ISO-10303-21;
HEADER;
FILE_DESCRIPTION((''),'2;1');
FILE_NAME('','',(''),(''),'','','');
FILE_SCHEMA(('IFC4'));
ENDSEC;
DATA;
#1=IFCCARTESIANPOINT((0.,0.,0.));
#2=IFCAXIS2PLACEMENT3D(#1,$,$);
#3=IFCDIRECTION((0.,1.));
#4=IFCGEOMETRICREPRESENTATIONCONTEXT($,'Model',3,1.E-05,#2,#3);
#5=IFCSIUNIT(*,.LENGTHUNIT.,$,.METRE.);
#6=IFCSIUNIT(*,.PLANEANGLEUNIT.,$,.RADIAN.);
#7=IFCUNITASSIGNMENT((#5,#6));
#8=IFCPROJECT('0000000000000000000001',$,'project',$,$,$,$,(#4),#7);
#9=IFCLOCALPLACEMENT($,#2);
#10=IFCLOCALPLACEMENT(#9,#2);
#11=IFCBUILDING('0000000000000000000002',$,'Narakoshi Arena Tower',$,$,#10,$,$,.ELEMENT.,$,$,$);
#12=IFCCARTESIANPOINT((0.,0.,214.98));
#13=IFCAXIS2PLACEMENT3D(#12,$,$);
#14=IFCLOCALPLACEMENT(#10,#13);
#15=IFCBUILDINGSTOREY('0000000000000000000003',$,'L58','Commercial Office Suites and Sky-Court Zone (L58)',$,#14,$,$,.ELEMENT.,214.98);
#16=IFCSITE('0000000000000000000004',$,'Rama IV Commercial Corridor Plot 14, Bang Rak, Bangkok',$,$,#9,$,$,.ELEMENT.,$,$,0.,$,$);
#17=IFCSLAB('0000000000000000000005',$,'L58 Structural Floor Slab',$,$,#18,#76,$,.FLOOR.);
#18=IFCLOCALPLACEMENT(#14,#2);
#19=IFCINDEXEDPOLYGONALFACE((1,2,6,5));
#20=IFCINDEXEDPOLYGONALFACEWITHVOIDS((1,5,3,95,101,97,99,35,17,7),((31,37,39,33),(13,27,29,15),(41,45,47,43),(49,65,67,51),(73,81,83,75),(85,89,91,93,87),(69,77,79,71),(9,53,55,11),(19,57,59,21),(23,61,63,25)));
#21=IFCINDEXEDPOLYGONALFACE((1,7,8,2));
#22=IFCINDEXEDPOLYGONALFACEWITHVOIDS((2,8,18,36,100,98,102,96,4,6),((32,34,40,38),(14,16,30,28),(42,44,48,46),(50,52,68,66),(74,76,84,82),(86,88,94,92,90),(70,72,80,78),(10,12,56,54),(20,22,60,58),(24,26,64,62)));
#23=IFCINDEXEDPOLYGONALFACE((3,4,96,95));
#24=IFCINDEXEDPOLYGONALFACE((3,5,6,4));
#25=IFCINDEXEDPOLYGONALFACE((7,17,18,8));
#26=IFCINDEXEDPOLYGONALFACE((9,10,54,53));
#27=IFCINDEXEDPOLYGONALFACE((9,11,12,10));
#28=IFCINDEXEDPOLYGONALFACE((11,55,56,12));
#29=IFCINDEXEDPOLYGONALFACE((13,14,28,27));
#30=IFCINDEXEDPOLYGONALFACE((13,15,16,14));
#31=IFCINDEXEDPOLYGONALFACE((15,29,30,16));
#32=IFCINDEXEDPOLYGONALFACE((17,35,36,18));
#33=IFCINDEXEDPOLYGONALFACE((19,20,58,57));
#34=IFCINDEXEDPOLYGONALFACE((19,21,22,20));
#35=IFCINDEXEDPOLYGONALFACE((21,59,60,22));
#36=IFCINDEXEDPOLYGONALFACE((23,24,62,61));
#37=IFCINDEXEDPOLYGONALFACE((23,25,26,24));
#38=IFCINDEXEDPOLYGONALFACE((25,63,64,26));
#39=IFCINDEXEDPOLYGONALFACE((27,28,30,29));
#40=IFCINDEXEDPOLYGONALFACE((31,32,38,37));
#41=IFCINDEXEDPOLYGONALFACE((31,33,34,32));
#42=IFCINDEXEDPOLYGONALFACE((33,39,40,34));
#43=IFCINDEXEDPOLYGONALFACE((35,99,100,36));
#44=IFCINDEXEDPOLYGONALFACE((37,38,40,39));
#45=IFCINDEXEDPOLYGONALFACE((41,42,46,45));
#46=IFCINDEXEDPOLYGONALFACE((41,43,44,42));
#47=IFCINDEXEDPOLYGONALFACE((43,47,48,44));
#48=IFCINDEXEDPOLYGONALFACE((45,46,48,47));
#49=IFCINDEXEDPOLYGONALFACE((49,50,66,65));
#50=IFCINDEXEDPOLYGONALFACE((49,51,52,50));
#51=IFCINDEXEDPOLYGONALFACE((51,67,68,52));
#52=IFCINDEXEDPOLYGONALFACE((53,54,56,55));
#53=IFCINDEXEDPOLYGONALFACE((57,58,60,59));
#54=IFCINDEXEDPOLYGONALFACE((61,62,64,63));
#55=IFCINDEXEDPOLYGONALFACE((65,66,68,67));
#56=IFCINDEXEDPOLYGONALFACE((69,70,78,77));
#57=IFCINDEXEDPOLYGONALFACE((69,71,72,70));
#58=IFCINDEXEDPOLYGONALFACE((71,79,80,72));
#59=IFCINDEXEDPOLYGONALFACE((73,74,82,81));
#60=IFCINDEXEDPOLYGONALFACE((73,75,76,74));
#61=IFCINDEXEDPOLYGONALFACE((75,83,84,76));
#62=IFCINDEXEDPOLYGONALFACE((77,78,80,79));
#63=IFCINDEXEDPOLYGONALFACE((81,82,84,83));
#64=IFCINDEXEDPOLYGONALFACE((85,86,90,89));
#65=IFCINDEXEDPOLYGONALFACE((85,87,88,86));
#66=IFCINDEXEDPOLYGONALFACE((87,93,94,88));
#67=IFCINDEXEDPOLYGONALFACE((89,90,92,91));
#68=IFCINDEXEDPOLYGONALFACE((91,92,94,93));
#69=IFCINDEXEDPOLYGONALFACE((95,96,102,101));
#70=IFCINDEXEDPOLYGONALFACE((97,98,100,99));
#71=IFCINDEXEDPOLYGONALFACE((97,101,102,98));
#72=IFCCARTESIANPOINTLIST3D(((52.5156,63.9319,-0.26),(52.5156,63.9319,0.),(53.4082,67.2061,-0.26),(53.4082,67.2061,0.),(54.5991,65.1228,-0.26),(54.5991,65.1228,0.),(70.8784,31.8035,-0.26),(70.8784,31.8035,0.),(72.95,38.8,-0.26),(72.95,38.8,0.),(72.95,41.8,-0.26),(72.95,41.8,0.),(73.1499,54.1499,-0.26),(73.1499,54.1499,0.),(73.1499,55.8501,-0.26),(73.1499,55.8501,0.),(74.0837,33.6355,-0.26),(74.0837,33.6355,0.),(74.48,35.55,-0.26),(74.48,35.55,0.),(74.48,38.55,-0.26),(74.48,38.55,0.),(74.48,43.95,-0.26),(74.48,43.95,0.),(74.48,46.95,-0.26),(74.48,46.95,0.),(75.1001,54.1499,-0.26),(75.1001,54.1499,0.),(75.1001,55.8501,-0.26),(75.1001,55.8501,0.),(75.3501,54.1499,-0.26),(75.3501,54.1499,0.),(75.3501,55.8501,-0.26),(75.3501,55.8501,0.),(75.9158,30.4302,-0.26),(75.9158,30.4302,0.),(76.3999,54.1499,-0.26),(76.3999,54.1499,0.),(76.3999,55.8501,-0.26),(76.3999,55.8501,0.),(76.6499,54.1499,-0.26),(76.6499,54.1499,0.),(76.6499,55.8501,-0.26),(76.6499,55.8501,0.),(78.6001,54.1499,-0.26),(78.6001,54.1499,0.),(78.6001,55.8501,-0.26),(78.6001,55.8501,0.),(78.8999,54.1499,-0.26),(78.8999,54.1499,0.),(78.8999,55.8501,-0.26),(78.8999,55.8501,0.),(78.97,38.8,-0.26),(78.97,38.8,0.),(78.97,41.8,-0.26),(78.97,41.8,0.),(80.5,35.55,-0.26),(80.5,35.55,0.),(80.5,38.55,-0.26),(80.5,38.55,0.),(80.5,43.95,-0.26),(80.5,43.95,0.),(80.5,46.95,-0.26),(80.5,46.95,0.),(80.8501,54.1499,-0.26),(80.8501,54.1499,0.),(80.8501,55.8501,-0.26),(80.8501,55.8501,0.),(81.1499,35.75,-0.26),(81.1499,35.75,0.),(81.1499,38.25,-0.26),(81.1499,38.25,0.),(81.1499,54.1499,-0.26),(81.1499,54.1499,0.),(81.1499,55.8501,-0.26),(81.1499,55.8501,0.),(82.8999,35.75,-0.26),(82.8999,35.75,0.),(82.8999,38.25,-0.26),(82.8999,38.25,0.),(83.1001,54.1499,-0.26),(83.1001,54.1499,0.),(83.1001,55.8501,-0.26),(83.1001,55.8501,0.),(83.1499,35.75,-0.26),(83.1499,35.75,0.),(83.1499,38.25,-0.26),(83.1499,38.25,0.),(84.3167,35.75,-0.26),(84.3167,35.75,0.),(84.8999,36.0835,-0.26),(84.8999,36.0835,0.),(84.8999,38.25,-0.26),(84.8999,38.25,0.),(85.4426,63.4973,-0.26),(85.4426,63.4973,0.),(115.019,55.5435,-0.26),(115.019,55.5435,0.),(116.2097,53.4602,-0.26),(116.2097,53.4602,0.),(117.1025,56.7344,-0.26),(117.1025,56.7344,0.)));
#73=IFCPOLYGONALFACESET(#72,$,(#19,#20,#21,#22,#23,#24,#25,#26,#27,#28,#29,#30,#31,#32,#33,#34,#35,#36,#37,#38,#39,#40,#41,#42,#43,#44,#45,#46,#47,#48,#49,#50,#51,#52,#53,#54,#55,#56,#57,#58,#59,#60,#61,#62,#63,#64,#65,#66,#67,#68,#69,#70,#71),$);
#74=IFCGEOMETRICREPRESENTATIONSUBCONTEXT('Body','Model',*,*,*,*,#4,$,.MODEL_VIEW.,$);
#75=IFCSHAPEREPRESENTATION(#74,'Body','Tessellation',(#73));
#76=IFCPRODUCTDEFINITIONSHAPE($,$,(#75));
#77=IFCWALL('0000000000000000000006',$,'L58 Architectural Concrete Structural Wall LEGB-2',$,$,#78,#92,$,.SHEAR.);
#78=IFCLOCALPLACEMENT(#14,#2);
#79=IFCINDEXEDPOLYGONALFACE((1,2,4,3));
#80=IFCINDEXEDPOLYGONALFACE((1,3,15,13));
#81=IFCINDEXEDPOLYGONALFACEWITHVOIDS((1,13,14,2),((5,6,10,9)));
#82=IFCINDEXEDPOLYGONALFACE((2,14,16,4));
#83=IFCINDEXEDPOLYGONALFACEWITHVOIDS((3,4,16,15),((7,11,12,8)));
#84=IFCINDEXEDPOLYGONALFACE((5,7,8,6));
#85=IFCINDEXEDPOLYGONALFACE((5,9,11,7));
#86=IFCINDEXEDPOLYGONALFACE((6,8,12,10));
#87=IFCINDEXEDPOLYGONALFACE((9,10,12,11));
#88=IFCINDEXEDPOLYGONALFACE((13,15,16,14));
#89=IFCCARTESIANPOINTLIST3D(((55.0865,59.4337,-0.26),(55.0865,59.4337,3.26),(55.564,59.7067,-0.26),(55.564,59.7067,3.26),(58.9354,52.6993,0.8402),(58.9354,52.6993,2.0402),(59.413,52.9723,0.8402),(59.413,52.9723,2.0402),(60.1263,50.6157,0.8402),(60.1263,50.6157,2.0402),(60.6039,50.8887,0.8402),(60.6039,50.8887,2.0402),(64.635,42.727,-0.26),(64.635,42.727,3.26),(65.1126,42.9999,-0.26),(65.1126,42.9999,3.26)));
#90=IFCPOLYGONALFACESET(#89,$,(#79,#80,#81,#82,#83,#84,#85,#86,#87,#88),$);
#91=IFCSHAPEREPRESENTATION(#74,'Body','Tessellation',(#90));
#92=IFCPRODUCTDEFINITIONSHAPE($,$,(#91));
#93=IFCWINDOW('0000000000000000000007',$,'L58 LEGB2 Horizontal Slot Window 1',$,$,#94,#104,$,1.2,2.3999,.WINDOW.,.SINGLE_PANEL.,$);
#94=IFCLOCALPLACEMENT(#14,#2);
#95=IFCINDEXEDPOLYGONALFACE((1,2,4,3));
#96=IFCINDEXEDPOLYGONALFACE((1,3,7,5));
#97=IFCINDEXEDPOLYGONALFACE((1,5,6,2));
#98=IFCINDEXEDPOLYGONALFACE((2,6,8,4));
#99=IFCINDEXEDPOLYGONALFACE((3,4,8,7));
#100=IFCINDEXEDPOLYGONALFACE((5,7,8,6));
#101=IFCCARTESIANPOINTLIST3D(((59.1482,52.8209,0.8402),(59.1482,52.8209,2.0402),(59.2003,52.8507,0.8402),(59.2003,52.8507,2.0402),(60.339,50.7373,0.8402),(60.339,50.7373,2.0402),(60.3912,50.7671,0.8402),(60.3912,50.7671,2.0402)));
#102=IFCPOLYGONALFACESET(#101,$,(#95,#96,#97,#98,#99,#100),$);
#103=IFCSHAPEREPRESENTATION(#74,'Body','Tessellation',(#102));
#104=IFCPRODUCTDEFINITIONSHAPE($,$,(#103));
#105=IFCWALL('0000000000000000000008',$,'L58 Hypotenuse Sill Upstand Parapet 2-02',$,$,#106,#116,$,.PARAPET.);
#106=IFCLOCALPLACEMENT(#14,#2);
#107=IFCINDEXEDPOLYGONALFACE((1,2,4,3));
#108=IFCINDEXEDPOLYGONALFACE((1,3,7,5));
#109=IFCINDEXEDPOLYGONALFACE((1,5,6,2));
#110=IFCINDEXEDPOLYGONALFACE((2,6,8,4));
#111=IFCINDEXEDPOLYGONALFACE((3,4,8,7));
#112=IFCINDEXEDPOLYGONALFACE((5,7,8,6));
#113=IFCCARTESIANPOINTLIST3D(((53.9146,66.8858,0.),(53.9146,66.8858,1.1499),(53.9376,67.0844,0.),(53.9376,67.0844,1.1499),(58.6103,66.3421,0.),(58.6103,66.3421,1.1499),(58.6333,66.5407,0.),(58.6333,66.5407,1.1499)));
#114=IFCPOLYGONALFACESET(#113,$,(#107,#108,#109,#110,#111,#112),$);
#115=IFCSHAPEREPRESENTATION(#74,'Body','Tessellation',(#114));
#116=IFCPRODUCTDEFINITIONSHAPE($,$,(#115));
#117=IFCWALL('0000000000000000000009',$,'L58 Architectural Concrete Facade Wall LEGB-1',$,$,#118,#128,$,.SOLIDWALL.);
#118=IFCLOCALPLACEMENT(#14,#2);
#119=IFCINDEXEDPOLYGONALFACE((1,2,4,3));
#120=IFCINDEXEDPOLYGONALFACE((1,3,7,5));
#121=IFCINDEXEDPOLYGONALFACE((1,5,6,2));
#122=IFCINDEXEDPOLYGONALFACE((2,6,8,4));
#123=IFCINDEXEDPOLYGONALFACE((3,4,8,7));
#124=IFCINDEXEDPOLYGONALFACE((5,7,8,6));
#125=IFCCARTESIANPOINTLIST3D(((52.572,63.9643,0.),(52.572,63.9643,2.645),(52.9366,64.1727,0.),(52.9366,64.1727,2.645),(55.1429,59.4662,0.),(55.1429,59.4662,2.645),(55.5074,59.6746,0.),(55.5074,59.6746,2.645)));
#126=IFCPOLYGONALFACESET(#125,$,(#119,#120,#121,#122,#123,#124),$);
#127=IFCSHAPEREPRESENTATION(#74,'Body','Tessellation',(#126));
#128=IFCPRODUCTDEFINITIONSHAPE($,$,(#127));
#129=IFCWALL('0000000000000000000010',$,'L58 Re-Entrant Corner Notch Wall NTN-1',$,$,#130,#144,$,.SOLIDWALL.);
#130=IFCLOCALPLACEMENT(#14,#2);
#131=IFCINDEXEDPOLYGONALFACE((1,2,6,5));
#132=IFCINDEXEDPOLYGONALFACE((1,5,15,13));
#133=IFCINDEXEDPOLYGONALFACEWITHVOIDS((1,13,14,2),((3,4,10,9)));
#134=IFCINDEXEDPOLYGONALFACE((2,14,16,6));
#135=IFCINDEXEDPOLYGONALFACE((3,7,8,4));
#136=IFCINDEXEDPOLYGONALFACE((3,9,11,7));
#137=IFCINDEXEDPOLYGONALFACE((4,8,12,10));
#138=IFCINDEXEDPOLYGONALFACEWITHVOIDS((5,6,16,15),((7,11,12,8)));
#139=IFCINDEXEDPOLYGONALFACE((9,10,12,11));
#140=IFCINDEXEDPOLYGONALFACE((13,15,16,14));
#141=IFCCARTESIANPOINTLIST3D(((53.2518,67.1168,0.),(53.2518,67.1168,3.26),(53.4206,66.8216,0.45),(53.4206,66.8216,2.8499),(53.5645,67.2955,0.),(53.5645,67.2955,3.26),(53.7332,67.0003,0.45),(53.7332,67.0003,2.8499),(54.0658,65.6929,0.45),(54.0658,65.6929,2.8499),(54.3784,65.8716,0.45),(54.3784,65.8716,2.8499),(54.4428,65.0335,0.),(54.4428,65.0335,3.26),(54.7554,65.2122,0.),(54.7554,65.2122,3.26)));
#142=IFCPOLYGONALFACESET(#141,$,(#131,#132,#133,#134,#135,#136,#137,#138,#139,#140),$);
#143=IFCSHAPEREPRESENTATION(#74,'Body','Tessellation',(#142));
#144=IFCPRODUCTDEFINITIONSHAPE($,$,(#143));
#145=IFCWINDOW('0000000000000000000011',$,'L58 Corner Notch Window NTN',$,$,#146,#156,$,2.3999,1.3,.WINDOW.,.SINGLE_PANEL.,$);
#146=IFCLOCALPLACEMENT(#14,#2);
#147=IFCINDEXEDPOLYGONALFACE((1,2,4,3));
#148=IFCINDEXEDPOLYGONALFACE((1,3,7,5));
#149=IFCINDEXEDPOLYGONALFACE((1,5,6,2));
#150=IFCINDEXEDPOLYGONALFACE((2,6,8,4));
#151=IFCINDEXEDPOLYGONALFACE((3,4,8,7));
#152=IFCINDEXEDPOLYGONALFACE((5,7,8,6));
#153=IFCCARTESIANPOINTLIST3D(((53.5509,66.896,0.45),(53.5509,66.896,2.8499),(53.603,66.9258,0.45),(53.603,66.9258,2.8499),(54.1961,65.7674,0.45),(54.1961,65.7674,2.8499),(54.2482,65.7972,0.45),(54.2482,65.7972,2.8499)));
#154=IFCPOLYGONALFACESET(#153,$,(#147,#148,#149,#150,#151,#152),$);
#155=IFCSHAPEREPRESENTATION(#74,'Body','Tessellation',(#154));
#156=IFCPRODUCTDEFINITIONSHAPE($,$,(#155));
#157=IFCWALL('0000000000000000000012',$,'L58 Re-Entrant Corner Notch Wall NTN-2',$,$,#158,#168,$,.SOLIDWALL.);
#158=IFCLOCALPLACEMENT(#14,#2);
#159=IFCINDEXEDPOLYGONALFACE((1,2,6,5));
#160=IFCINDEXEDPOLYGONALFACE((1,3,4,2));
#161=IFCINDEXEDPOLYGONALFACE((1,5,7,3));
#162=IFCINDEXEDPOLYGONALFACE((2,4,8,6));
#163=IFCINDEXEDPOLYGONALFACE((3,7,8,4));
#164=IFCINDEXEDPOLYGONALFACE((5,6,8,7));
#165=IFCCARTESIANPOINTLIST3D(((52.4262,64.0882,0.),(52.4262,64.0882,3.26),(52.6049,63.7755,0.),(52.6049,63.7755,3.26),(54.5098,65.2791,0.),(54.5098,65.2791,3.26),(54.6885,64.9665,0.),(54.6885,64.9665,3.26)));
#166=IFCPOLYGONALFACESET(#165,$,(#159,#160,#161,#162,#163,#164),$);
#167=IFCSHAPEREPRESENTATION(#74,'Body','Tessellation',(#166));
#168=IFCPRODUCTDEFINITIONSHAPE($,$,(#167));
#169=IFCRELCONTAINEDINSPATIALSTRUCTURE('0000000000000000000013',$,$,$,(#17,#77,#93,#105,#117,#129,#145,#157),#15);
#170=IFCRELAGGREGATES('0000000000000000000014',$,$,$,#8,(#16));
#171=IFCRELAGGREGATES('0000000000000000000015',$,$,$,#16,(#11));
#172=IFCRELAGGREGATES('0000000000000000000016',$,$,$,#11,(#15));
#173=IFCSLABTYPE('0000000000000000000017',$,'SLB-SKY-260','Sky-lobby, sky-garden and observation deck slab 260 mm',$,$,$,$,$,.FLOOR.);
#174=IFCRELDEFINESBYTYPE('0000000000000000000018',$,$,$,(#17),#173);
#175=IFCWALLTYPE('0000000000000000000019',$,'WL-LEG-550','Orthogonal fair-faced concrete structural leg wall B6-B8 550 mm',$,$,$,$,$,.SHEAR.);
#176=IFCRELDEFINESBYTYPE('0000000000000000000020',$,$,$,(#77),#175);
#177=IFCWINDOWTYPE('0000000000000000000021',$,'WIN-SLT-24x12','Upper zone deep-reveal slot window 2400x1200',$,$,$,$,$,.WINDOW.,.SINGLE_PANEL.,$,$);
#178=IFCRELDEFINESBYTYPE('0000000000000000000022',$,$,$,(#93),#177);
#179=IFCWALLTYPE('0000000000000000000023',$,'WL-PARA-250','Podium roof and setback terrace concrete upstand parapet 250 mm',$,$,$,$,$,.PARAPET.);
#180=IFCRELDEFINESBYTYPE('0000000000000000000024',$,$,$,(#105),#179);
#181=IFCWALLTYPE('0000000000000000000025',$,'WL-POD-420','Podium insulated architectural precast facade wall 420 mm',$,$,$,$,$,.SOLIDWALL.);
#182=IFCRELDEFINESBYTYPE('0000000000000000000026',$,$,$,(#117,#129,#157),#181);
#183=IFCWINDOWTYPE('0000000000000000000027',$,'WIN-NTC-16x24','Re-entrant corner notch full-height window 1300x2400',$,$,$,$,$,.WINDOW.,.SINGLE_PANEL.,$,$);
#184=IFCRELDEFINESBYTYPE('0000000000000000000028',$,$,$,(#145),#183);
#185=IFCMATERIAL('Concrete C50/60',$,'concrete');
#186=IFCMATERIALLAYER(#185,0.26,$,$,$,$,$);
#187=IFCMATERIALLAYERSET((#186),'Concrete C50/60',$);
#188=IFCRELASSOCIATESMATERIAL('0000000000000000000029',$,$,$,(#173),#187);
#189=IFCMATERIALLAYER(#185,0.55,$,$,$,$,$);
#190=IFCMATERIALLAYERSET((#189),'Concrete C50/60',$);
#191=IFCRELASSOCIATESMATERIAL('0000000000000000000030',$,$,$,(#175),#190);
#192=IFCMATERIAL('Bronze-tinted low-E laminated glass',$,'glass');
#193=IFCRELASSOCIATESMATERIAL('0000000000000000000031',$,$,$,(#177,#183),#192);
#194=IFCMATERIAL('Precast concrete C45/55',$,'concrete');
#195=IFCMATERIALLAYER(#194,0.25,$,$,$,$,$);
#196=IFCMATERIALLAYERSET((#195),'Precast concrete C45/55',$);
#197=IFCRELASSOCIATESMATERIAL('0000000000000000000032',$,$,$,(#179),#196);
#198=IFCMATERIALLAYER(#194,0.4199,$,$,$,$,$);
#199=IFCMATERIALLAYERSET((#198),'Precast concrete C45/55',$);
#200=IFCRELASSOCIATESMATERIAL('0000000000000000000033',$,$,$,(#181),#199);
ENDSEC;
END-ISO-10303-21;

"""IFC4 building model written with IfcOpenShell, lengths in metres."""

from ifc_helpers import new_model, si_unit, direction, frame, frame_2d, origin, place, context, subcontext, project, spatial, polyline, rectangle, outline, extrude, material, layer, layer_set, type_object, element, fill, save


model = new_model("IFC4")

# Units and contexts
model_context = context("Model", 3, precision=1e-05, world=origin(), true_north=direction((0.0, 1.0)))
body_context = subcontext(model_context, "Body", "Model", "MODEL_VIEW")
ifc_project = project(units=[si_unit("LENGTHUNIT", "METRE"), si_unit("PLANEANGLEUNIT", "RADIAN")], contexts=[model_context])

# Site, building, storey
site_placement = place(None, origin())
site = spatial("IfcSite", under=ifc_project, at=site_placement, Name="Rama IV Commercial Corridor Plot 14, Bang Rak, Bangkok", CompositionType="ELEMENT", RefElevation=0.0)
building_placement = place(site_placement, origin())
building = spatial("IfcBuilding", under=site, at=building_placement, Name="Narakoshi Arena Tower", CompositionType="ELEMENT")
storey_placement = place(building_placement, frame((0.0, 0.0, 214.98)))
storey = spatial("IfcBuildingStorey", under=building, at=storey_placement, Name="L58", Description="Commercial Office Suites and Sky-Court Zone (L58)", CompositionType="ELEMENT", Elevation=214.98)

# Shared definitions
ifc_material_1 = material(Name="Concrete C50/60", Category="concrete")

# Shared definitions
ifc_material_2 = material(Name="Bronze-tinted low-E laminated glass", Category="glass")

# Slab
ifc_layer_1 = layer(ifc_material_1, 0.26)
ifc_layer_set_1 = layer_set([ifc_layer_1], Name="Concrete C50/60")
slab_type_1 = type_object("IfcSlabType", Name="SLB-SKY-260", Description="Sky-lobby, sky-garden and observation deck slab 260 mm", PredefinedType="FLOOR", material=ifc_layer_set_1)
slab_1_placement = place(storey_placement, frame((0.0, 0.0, -0.26)))
element("IfcSlab", 1, at=slab_1_placement, inside=storey, type_object=slab_type_1, Name="L58 Structural Floor Slab", PredefinedType="FLOOR", context=body_context, shape_type="SweptSolid", body=[
    extrude(outline(polyline([(75.9158, 30.4302), (116.2097, 53.4602), (115.019, 55.5435), (117.1025, 56.7344), (85.4426, 63.4973), (53.4082, 67.2061), (54.5991, 65.1228), (52.5156, 63.9319), (70.8784, 31.8035), (74.0837, 33.6355), (75.9158, 30.4302)]), holes=[polyline([(80.5, 35.55), (74.48, 35.55), (74.48, 38.55), (80.5, 38.55), (80.5, 35.55)]), polyline([(82.8999, 35.75), (81.1499, 35.75), (81.1499, 38.25), (82.8999, 38.25), (82.8999, 35.75)]), polyline([(84.8999, 36.0835), (84.3167, 35.75), (83.1499, 35.75), (83.1499, 38.25), (84.8999, 38.25), (84.8999, 36.0835)]), polyline([(72.95, 38.8), (72.95, 41.8), (78.97, 41.8), (78.97, 38.8), (72.95, 38.8)]), polyline([(74.48, 43.95), (74.48, 46.95), (80.5, 46.95), (80.5, 43.95), (74.48, 43.95)]), polyline([(75.1001, 54.1499), (73.1499, 54.1499), (73.1499, 55.8501), (75.1001, 55.8501), (75.1001, 54.1499)]), polyline([(76.3999, 54.1499), (75.3501, 54.1499), (75.3501, 55.8501), (76.3999, 55.8501), (76.3999, 54.1499)]), polyline([(78.6001, 54.1499), (76.6499, 54.1499), (76.6499, 55.8501), (78.6001, 55.8501), (78.6001, 54.1499)]), polyline([(78.8999, 54.1499), (78.8999, 55.8501), (80.8501, 55.8501), (80.8501, 54.1499), (78.8999, 54.1499)]), polyline([(81.1499, 54.1499), (81.1499, 55.8501), (83.1001, 55.8501), (83.1001, 54.1499), (81.1499, 54.1499)])]), origin(), (0.0, 0.0, 1.0), 0.26),
])

# Wall, opening, window
ifc_layer_2 = layer(ifc_material_1, 0.55)
ifc_layer_set_2 = layer_set([ifc_layer_2], Name="Concrete C50/60")
wall_type_1 = type_object("IfcWallType", Name="WL-LEG-550", Description="Orthogonal fair-faced concrete structural leg wall B6-B8 550 mm", PredefinedType="SHEAR", material=ifc_layer_set_2)
wall_1_placement = place(storey_placement, frame((55.3252, 59.5703, -0.26), z_axis=(0.0, 0.0, 1.0), x_axis=(0.496211, -0.868202, 0.0)))
wall_1 = element("IfcWall", 2, at=wall_1_placement, inside=storey, type_object=wall_type_1, Name="L58 Architectural Concrete Structural Wall LEGB-2", PredefinedType="SHEAR", context=body_context, shape_type="SweptSolid", body=[
    extrude(rectangle(XDim=19.2429, YDim=0.55, at=frame_2d((9.6216, 0.0))), origin(), (0.0, 0.0, 1.0), 3.52),
])
opening_1_placement = place(wall_1_placement, frame((7.7568, 0.0, 1.1001)))
opening_1 = element("IfcOpeningElement", 3, at=opening_1_placement, cuts=wall_1, PredefinedType="OPENING", context=body_context, shape_type="SweptSolid", body=[
    extrude(rectangle(XDim=2.3999, YDim=1.2, at=frame_2d((1.2, 0.6001))), frame((0.0, 0.2849, 0.0), z_axis=(0.0, -1.0, 0.0), x_axis=(1.0, 0.0, 0.0)), (0.0, 0.0, 1.0), 0.5701),
])
window_type_1 = type_object("IfcWindowType", Name="WIN-SLT-24x12", Description="Upper zone deep-reveal slot window 2400x1200", PartitioningType="SINGLE_PANEL", PredefinedType="WINDOW", material=ifc_material_2)
window_1_placement = place(opening_1_placement, origin())
window_1 = element("IfcWindow", 4, at=window_1_placement, inside=storey, type_object=window_type_1, Name="L58 LEGB2 Horizontal Slot Window 1", OverallHeight=1.2, OverallWidth=2.3999, PartitioningType="SINGLE_PANEL", PredefinedType="WINDOW", context=body_context, shape_type="SweptSolid", body=[
    extrude(rectangle(XDim=2.3999, YDim=1.2, at=frame_2d((1.2, 0.6001))), frame((0.0, 0.03, 0.0), z_axis=(0.0, -1.0, 0.0), x_axis=(1.0, 0.0, 0.0)), (0.0, 0.0, 1.0), 0.0601),
])
fill(opening_1, window_1)

# Walls
ifc_material_3 = material(Name="Precast concrete C45/55", Category="concrete")
ifc_layer_3 = layer(ifc_material_3, 0.25)
ifc_layer_set_3 = layer_set([ifc_layer_3], Name="Precast concrete C45/55")
wall_type_2 = type_object("IfcWallType", Name="WL-PARA-250", Description="Podium roof and setback terrace concrete upstand parapet 250 mm", PredefinedType="PARAPET", material=ifc_layer_set_3)
wall_2_placement = place(storey_placement, frame((58.6218, 66.4414, 0.0), z_axis=(0.0, 0.0, 1.0), x_axis=(-0.993363, 0.115022, 0.0)))
element("IfcWall", 5, at=wall_2_placement, inside=storey, type_object=wall_type_2, Name="L58 Hypotenuse Sill Upstand Parapet 2-02", PredefinedType="PARAPET", context=body_context, shape_type="SweptSolid", body=[
    extrude(rectangle(XDim=4.7271, YDim=0.2, at=frame_2d((2.3635, 0.0))), origin(), (0.0, 0.0, 1.0), 1.1499),
])
ifc_layer_4 = layer(ifc_material_3, 0.4199)
ifc_layer_set_4 = layer_set([ifc_layer_4], Name="Precast concrete C45/55")
wall_type_3 = type_object("IfcWallType", Name="WL-POD-420", Description="Podium insulated architectural precast facade wall 420 mm", PredefinedType="SOLIDWALL", material=ifc_layer_set_4)
wall_3_placement = place(storey_placement, frame((52.7544, 64.0684, 0.0), z_axis=(0.0, 0.0, 1.0), x_axis=(0.49621, -0.868203, 0.0)))
element("IfcWall", 6, at=wall_3_placement, inside=storey, type_object=wall_type_3, Name="L58 Architectural Concrete Facade Wall LEGB-1", PredefinedType="SOLIDWALL", context=body_context, shape_type="SweptSolid", body=[
    extrude(rectangle(XDim=5.1809, YDim=0.4199, at=frame_2d((2.5903, 0.0))), origin(), (0.0, 0.0, 1.0), 2.645),
])

# Wall, opening, window
wall_4_placement = place(storey_placement, frame((53.4082, 67.2061, 0.0), z_axis=(0.0, 0.0, 1.0), x_axis=(0.496292, -0.868155, 0.0)))
wall_4 = element("IfcWall", 7, at=wall_4_placement, inside=storey, type_object=wall_type_3, Name="L58 Re-Entrant Corner Notch Wall NTN-1", PredefinedType="SOLIDWALL", context=body_context, shape_type="SweptSolid", body=[
    extrude(rectangle(XDim=2.3997, YDim=0.3601, at=frame_2d((1.1997, 0.0))), origin(), (0.0, 0.0, 1.0), 3.26),
])
opening_2_placement = place(wall_4_placement, frame((0.3401, 0.0, 0.45)))
opening_2 = element("IfcOpeningElement", 8, at=opening_2_placement, cuts=wall_4, PredefinedType="OPENING", context=body_context, shape_type="SweptSolid", body=[
    extrude(rectangle(XDim=1.3, YDim=2.3999, at=frame_2d((0.6499, 1.2))), frame((0.0, 0.1899, 0.0), z_axis=(0.0, -1.0, 0.0), x_axis=(1.0, 0.0, 0.0)), (0.0, 0.0, 1.0), 0.3801),
])
window_type_2 = type_object("IfcWindowType", Name="WIN-NTC-16x24", Description="Re-entrant corner notch full-height window 1300x2400", PartitioningType="SINGLE_PANEL", PredefinedType="WINDOW", material=ifc_material_2)
window_2_placement = place(opening_2_placement, origin())
window_2 = element("IfcWindow", 9, at=window_2_placement, inside=storey, type_object=window_type_2, Name="L58 Corner Notch Window NTN", OverallHeight=2.3999, OverallWidth=1.3, PartitioningType="SINGLE_PANEL", PredefinedType="WINDOW", context=body_context, shape_type="SweptSolid", body=[
    extrude(rectangle(XDim=1.3, YDim=2.3999, at=frame_2d((0.6499, 1.2))), frame((0.0, 0.03, 0.0), z_axis=(0.0, -1.0, 0.0), x_axis=(1.0, 0.0, 0.0)), (0.0, 0.0, 1.0), 0.0601),
])
fill(opening_2, window_2)

# Wall
wall_5_placement = place(storey_placement, frame((54.5991, 65.1228, 0.0), z_axis=(0.0, 0.0, 1.0), x_axis=(-0.868181, -0.496248, 0.0)))
element("IfcWall", 10, at=wall_5_placement, inside=storey, type_object=wall_type_3, Name="L58 Re-Entrant Corner Notch Wall NTN-2", PredefinedType="SOLIDWALL", context=body_context, shape_type="SweptSolid", body=[
    extrude(rectangle(XDim=2.3999, YDim=0.3601, at=frame_2d((1.2, 0.0))), origin(), (0.0, 0.0, 1.0), 3.26),
])

save(model, "model.ifc")
